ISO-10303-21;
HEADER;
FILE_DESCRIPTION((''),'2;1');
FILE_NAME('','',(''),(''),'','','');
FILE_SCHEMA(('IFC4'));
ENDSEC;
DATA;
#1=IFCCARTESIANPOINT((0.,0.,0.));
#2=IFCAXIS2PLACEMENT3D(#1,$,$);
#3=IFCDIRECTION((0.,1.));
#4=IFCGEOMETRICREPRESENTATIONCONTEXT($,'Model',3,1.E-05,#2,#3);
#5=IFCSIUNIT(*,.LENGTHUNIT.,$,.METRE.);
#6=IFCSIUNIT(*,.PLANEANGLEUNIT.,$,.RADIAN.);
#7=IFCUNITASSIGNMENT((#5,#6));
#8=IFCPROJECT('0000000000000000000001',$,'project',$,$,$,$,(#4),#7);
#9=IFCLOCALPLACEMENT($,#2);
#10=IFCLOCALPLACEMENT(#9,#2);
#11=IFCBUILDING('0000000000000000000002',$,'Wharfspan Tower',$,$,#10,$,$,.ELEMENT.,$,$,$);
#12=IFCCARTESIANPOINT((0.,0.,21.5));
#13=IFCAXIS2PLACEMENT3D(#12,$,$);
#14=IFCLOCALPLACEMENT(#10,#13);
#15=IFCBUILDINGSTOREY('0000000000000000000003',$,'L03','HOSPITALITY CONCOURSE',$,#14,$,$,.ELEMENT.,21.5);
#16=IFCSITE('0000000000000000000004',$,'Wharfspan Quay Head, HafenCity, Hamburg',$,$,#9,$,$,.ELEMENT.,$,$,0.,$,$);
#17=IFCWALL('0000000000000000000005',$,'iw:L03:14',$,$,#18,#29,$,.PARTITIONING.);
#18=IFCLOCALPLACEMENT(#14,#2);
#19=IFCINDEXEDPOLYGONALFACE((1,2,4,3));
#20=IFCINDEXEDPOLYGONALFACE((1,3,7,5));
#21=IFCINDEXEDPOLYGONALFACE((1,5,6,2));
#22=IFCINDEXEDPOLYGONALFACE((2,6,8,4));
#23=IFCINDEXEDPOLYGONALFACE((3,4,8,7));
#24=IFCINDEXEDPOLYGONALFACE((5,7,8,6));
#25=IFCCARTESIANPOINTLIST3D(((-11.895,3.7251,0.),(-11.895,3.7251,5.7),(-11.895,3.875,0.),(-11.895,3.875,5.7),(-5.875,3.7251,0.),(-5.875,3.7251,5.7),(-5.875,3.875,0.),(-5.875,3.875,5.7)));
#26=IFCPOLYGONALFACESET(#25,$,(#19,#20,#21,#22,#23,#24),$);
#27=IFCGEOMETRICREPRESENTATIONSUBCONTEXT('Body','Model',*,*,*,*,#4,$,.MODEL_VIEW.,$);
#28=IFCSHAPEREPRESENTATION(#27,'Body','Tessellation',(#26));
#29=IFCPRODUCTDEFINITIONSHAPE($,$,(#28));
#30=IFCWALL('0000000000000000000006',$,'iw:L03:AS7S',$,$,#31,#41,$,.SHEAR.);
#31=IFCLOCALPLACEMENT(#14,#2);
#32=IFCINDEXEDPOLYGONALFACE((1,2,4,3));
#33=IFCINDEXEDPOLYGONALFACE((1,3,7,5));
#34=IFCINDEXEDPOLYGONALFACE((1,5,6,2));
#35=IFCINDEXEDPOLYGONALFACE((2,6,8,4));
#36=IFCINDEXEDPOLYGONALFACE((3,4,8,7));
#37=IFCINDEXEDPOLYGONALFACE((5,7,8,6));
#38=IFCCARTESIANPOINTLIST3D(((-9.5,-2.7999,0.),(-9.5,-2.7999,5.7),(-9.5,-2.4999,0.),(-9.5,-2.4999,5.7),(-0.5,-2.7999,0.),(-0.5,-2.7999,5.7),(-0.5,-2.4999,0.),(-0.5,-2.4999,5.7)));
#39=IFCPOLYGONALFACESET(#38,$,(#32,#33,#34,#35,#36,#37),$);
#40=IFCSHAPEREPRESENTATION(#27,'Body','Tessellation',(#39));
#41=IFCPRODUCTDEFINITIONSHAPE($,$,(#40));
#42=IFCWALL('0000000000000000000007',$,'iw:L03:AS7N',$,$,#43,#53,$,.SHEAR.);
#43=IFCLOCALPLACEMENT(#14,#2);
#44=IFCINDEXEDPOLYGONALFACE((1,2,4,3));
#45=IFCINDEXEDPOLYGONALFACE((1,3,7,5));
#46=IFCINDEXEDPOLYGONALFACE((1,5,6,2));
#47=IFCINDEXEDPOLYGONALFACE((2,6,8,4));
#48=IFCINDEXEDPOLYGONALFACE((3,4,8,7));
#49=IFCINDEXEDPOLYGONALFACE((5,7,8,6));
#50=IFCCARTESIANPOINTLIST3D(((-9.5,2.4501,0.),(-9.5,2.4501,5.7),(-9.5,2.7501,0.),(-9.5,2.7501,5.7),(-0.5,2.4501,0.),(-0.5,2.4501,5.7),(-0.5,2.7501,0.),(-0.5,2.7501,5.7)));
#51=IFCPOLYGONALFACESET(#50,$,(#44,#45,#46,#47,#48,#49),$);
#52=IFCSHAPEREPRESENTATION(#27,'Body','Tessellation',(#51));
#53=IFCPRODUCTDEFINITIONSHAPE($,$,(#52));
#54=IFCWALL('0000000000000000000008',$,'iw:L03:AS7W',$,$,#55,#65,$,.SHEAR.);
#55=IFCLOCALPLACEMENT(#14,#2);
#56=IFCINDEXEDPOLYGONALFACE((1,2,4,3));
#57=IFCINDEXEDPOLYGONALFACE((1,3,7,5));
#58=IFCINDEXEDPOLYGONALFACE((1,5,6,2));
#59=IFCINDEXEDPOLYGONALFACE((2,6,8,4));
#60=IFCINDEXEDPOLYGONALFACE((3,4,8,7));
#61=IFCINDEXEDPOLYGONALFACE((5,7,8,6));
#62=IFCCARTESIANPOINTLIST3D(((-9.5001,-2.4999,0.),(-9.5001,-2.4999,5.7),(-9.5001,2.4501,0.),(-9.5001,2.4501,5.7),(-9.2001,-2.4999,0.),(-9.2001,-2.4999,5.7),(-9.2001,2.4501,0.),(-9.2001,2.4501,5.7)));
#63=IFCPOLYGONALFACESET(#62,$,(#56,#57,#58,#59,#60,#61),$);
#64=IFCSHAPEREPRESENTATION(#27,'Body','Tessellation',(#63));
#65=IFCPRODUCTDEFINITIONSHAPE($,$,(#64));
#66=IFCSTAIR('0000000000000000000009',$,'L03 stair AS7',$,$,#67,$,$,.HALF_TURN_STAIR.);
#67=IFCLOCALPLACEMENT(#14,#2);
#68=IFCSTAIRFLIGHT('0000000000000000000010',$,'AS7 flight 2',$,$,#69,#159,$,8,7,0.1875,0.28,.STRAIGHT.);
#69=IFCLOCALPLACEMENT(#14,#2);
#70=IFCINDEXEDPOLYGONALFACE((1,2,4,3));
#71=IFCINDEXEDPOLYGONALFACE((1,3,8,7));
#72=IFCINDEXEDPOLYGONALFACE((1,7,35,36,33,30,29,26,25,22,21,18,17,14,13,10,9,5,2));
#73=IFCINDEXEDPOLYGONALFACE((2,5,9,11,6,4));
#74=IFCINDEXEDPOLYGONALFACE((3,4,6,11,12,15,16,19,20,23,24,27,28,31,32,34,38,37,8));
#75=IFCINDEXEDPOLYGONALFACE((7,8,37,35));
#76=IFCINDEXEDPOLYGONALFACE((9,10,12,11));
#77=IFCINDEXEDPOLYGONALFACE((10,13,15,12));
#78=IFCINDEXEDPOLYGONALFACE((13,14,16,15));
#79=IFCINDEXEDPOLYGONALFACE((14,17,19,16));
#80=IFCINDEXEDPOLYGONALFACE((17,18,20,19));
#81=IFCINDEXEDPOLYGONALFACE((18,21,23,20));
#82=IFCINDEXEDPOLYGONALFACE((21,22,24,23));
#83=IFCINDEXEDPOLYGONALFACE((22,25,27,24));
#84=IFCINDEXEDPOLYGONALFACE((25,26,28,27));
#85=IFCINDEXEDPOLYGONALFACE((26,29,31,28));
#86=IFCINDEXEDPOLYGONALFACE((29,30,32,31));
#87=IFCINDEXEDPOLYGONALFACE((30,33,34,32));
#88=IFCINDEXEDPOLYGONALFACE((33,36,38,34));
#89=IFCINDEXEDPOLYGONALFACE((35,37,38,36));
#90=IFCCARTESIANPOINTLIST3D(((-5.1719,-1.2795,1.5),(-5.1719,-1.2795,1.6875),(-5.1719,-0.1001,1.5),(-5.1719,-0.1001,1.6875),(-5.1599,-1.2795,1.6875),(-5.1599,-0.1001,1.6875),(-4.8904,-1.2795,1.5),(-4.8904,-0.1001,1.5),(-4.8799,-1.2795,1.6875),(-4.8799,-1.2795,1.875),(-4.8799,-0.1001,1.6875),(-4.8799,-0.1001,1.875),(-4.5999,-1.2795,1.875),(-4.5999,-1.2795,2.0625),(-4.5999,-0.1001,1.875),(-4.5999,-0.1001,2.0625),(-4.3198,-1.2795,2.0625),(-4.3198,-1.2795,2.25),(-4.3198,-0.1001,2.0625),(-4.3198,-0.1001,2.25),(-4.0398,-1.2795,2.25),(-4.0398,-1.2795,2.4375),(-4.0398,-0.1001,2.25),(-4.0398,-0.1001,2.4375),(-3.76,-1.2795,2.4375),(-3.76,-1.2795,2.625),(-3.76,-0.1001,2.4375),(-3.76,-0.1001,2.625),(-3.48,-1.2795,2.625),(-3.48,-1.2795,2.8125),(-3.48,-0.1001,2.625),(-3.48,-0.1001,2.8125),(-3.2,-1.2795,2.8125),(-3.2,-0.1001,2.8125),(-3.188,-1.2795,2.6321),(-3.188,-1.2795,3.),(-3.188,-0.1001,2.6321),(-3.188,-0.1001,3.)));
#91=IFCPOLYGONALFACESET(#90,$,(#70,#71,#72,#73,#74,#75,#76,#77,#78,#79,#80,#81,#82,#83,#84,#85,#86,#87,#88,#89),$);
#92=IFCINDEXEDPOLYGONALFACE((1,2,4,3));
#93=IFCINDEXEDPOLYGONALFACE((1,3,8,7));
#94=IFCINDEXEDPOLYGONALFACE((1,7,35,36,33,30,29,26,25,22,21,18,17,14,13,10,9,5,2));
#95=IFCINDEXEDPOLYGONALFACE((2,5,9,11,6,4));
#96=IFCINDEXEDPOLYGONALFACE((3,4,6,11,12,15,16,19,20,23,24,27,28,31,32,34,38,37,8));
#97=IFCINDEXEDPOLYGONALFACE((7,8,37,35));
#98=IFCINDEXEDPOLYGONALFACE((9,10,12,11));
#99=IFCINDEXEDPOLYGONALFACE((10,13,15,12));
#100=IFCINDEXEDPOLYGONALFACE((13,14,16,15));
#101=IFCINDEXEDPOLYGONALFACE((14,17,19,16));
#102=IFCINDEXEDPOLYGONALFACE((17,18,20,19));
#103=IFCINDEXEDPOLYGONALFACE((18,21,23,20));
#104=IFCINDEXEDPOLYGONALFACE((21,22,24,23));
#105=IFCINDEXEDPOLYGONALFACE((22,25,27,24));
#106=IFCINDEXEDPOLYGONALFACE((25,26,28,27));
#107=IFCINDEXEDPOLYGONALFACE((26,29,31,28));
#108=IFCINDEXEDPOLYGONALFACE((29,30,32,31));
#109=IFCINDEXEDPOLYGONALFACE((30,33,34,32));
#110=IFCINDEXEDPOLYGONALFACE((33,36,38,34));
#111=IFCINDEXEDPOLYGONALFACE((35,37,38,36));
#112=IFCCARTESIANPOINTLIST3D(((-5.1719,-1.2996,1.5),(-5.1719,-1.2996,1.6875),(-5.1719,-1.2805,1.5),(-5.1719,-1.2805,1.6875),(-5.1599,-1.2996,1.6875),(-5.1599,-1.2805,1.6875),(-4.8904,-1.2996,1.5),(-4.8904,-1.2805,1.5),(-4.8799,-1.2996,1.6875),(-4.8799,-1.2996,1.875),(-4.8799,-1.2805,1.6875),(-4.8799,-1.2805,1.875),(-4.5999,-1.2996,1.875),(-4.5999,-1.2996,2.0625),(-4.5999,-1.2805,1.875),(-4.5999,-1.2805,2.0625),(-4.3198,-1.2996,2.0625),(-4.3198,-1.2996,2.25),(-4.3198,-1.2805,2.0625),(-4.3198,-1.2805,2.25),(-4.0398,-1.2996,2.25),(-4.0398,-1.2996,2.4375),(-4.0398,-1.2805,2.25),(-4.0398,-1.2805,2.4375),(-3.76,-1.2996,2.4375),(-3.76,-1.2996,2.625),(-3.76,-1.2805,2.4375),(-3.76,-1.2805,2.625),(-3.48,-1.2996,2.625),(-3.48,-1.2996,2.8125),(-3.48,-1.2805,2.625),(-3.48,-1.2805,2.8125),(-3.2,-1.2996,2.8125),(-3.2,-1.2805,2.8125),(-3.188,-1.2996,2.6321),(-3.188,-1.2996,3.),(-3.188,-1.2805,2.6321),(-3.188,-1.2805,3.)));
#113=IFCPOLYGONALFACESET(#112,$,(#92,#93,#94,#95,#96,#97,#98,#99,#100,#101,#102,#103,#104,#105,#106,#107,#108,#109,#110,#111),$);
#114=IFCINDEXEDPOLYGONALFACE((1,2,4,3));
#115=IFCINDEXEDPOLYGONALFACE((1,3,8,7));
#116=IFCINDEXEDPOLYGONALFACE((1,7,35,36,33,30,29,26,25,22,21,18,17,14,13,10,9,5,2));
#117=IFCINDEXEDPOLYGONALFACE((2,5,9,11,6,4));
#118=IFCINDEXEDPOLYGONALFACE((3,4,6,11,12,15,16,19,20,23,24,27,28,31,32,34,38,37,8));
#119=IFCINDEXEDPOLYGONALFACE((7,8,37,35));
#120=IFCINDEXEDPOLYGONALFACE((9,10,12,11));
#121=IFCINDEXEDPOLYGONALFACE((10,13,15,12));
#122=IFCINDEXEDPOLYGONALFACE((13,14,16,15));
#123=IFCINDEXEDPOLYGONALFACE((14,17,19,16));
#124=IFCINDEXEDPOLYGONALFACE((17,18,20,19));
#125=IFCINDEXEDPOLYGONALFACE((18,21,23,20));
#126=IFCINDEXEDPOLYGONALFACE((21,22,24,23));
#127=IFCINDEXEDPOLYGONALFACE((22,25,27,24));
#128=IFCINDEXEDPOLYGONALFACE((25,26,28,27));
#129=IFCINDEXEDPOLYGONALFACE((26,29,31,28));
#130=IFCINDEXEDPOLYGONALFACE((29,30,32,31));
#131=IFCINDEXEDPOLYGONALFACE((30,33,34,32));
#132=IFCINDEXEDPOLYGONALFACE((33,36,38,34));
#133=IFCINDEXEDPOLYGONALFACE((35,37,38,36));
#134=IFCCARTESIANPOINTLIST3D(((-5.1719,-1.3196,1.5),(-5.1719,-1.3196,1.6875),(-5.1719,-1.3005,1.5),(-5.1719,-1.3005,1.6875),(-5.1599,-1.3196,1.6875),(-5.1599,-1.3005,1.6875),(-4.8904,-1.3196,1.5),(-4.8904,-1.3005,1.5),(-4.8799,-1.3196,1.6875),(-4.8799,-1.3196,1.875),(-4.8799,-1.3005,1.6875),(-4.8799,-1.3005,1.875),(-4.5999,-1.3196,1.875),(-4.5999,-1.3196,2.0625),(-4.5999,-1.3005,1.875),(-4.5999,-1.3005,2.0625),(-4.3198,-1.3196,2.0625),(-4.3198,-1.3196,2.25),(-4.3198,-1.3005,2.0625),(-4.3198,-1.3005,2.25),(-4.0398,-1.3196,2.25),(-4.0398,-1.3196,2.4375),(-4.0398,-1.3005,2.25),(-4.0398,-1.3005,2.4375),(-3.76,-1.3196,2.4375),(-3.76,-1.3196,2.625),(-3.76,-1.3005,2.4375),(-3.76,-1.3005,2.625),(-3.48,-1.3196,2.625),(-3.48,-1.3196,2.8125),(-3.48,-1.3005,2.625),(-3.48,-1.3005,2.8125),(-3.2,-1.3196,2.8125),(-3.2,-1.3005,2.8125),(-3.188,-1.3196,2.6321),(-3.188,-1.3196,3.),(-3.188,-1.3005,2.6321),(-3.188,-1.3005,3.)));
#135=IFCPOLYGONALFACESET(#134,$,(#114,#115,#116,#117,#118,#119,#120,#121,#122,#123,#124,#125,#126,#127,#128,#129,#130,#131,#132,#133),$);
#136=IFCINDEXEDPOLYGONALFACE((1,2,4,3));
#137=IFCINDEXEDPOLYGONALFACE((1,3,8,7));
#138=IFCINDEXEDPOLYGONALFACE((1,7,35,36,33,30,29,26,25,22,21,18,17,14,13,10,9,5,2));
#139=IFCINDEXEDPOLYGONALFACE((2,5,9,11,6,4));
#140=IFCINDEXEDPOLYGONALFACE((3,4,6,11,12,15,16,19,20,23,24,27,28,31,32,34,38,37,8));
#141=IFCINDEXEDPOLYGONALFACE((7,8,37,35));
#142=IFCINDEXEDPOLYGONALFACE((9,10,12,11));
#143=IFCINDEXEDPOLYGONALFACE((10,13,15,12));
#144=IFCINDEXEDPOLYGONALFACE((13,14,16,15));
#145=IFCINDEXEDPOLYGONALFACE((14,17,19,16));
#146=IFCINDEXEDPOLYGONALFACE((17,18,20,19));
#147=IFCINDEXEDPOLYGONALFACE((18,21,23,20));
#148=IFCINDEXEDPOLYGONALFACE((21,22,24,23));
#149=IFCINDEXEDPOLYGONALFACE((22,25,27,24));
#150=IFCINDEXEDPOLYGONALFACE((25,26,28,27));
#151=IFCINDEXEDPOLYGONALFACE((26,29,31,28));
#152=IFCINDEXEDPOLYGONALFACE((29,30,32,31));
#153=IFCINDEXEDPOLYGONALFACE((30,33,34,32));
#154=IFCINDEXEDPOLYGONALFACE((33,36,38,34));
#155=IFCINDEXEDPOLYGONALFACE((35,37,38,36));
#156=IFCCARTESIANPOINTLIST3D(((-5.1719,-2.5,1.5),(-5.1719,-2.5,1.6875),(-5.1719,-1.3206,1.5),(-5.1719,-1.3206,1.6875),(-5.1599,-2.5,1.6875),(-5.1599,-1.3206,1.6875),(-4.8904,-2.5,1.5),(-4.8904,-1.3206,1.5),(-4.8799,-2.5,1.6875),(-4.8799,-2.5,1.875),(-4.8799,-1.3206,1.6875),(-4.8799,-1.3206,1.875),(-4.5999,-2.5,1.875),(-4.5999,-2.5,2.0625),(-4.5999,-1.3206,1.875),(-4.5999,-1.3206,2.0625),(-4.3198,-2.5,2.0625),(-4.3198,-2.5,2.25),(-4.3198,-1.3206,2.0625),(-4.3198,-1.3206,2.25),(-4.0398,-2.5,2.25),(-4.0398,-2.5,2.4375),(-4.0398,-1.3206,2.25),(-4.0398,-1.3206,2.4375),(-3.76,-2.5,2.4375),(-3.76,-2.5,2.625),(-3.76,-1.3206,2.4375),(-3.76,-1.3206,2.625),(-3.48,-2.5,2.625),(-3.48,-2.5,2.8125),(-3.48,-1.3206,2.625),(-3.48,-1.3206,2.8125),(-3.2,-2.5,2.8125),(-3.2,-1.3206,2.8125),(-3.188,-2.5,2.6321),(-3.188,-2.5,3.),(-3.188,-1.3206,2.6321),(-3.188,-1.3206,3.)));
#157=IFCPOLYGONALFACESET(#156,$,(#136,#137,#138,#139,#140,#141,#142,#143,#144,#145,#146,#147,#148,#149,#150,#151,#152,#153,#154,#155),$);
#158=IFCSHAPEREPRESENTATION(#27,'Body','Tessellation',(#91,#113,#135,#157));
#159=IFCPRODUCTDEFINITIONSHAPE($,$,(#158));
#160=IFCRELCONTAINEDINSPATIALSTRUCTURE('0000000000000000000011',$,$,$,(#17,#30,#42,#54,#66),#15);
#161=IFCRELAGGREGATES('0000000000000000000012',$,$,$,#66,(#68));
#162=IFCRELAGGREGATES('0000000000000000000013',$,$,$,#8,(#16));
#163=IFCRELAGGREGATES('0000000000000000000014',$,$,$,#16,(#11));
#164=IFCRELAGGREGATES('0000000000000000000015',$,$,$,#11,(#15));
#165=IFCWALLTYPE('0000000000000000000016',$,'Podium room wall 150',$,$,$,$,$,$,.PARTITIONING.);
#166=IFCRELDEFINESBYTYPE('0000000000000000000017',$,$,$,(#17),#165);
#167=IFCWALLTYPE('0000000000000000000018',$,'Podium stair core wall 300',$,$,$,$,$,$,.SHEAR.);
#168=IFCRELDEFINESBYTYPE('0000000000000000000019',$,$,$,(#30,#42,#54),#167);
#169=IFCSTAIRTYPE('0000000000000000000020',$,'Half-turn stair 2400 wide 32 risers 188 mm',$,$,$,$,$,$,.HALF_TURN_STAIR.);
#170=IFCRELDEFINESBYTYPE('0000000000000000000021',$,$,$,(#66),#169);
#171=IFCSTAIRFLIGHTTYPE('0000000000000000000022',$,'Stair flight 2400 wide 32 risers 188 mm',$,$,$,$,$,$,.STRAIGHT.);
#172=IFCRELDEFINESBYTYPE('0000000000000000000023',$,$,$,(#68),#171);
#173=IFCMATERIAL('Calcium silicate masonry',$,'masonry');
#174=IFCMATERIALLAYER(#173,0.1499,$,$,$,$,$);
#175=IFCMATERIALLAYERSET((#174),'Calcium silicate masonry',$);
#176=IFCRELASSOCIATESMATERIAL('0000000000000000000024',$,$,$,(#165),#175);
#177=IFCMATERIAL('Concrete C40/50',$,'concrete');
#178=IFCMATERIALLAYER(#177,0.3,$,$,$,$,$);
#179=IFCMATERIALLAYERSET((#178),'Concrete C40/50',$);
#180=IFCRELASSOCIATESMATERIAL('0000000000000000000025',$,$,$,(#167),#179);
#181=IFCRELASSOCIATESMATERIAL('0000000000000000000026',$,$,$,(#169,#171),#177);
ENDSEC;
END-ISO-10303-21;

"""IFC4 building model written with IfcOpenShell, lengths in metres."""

from ifc_helpers import new_model, si_unit, direction, frame, frame_2d, origin, place, context, subcontext, project, spatial, polyline, rectangle, outline, extrude, material, layer, layer_set, type_object, element, aggregate, save


model = new_model("IFC4")

# Units and contexts
model_context = context("Model", 3, precision=1e-05, world=origin(), true_north=direction((0.0, 1.0)))
body_context = subcontext(model_context, "Body", "Model", "MODEL_VIEW")
ifc_project = project(units=[si_unit("LENGTHUNIT", "METRE"), si_unit("PLANEANGLEUNIT", "RADIAN")], contexts=[model_context])

# Site, building, storey
site_placement = place(None, origin())
site = spatial("IfcSite", under=ifc_project, at=site_placement, Name="Wharfspan Quay Head, HafenCity, Hamburg", CompositionType="ELEMENT", RefElevation=0.0)
building_placement = place(site_placement, origin())
building = spatial("IfcBuilding", under=site, at=building_placement, Name="Wharfspan Tower", CompositionType="ELEMENT")
storey_placement = place(building_placement, frame((0.0, 0.0, 21.5)))
storey = spatial("IfcBuildingStorey", under=building, at=storey_placement, Name="L03", Description="HOSPITALITY CONCOURSE", CompositionType="ELEMENT", Elevation=21.5)

# Shared definitions
ifc_material_1 = material(Name="Calcium silicate masonry", Category="masonry")
ifc_layer_1 = layer(ifc_material_1, 0.1499)
ifc_layer_set_1 = layer_set([ifc_layer_1], Name="Calcium silicate masonry")
wall_type_1 = type_object("IfcWallType", Name="Podium room wall 150", PredefinedType="PARTITIONING", material=ifc_layer_set_1)

# Walls
wall_1_placement = place(storey_placement, frame((-11.895, 3.8, 0.0), z_axis=(0.0, 0.0, 1.0), x_axis=(1.0, 0.0, 0.0)))
element("IfcWall", 1, at=wall_1_placement, inside=storey, type_object=wall_type_1, Name="iw:L03:14", PredefinedType="PARTITIONING", context=body_context, shape_type="SweptSolid", body=[
    extrude(rectangle(XDim=6.02, YDim=0.1499, at=frame_2d((3.01, 0.0))), origin(), (0.0, 0.0, 1.0), 5.7),
])
ifc_material_2 = material(Name="Concrete C40/50", Category="concrete")
ifc_layer_2 = layer(ifc_material_2, 0.3)
ifc_layer_set_2 = layer_set([ifc_layer_2], Name="Concrete C40/50")
wall_type_2 = type_object("IfcWallType", Name="Podium stair core wall 300", PredefinedType="SHEAR", material=ifc_layer_set_2)
for number, where, z_axis, x_axis, name in (
    (2, (-9.5, -2.6499, 0.0), (0.0, 0.0, 1.0), (1.0, 0.0, 0.0), "iw:L03:AS7S"),
    (3, (-9.5, 2.6001, 0.0), (0.0, 0.0, 1.0), (1.0, 0.0, 0.0), "iw:L03:AS7N"),
):
    element("IfcWall", number, at=place(storey_placement, frame(where, z_axis=z_axis, x_axis=x_axis)), inside=storey, type_object=wall_type_2, Name=name, PredefinedType="SHEAR", context=body_context, shape_type="SweptSolid", body=[
        extrude(rectangle(XDim=9.0, YDim=0.3, at=frame_2d((4.5, 0.0))), origin(), (0.0, 0.0, 1.0), 5.7),
    ])
wall_2_placement = place(storey_placement, frame((-9.3501, -2.5, 0.0), z_axis=(0.0, 0.0, 1.0), x_axis=(0.0, 1.0, 0.0)))
element("IfcWall", 4, at=wall_2_placement, inside=storey, type_object=wall_type_2, Name="iw:L03:AS7W", PredefinedType="SHEAR", context=body_context, shape_type="SweptSolid", body=[
    extrude(rectangle(XDim=4.95, YDim=0.3, at=frame_2d((2.4751, 0.0))), origin(), (0.0, 0.0, 1.0), 5.7),
])

# Stair, stair flight
stair_type = type_object("IfcStairType", Name="Half-turn stair 2400 wide 32 risers 188 mm", PredefinedType="HALF_TURN_STAIR", material=ifc_material_2)
stair_placement = place(storey_placement, origin())
stair = element("IfcStair", 5, at=stair_placement, inside=storey, type_object=stair_type, Name="L03 stair AS7", PredefinedType="HALF_TURN_STAIR")
stair_flight_type = type_object("IfcStairFlightType", Name="Stair flight 2400 wide 32 risers 188 mm", PredefinedType="STRAIGHT", material=ifc_material_2)
stair_flight_1_placement = place(storey_placement, frame((-5.1599, -1.3, 1.5), z_axis=(0.0, 0.0, 1.0), x_axis=(1.0, 0.0, 0.0)))
stair_flight_1 = element("IfcStairFlight", 6, at=stair_flight_1_placement, type_object=stair_flight_type, Name="AS7 flight 2", NumberOfRisers=8, NumberOfTreads=7, PredefinedType="STRAIGHT", RiserHeight=0.1875, TreadLength=0.28, context=body_context, shape_type="SweptSolid", body=[
    extrude(outline(polyline([(-0.012, 0.0), (-0.012, 0.1875), (0.0, 0.1875), (0.28, 0.1875), (0.28, 0.375), (0.5601, 0.375), (0.5601, 0.5625), (0.8401, 0.5625), (0.8401, 0.75), (1.1201, 0.75), (1.1201, 0.9375), (1.3999, 0.9375), (1.3999, 1.125), (1.6799, 1.125), (1.6799, 1.3125), (1.96, 1.3125), (1.9719, 1.5), (1.9719, 1.1321), (0.2695, 0.0), (-0.012, 0.0)])), frame((0.0, 1.2, 0.0), z_axis=(0.0, -1.0, 0.0), x_axis=(1.0, 0.0, 0.0)), (0.0, 0.0, 1.0), 1.1794),
    extrude(outline(polyline([(-0.012, 0.0), (-0.012, 0.1875), (0.0, 0.1875), (0.28, 0.1875), (0.28, 0.375), (0.5601, 0.375), (0.5601, 0.5625), (0.8401, 0.5625), (0.8401, 0.75), (1.1201, 0.75), (1.1201, 0.9375), (1.3999, 0.9375), (1.3999, 1.125), (1.6799, 1.125), (1.6799, 1.3125), (1.96, 1.3125), (1.9719, 1.5), (1.9719, 1.1321), (0.2695, 0.0), (-0.012, 0.0)])), frame((0.0, 0.0195, 0.0), z_axis=(0.0, -1.0, 0.0), x_axis=(1.0, 0.0, 0.0)), (0.0, 0.0, 1.0), 0.019),
    extrude(outline(polyline([(-0.012, 0.0), (-0.012, 0.1875), (0.0, 0.1875), (0.28, 0.1875), (0.28, 0.375), (0.5601, 0.375), (0.5601, 0.5625), (0.8401, 0.5625), (0.8401, 0.75), (1.1201, 0.75), (1.1201, 0.9375), (1.3999, 0.9375), (1.3999, 1.125), (1.6799, 1.125), (1.6799, 1.3125), (1.96, 1.3125), (1.9719, 1.5), (1.9719, 1.1321), (0.2695, 0.0), (-0.012, 0.0)])), frame((0.0, -0.0005, 0.0), z_axis=(0.0, -1.0, 0.0), x_axis=(1.0, 0.0, 0.0)), (0.0, 0.0, 1.0), 0.019),
    extrude(outline(polyline([(-0.012, 0.0), (-0.012, 0.1875), (0.0, 0.1875), (0.28, 0.1875), (0.28, 0.375), (0.5601, 0.375), (0.5601, 0.5625), (0.8401, 0.5625), (0.8401, 0.75), (1.1201, 0.75), (1.1201, 0.9375), (1.3999, 0.9375), (1.3999, 1.125), (1.6799, 1.125), (1.6799, 1.3125), (1.96, 1.3125), (1.9719, 1.5), (1.9719, 1.1321), (0.2695, 0.0), (-0.012, 0.0)])), frame((0.0, -0.0205, 0.0), z_axis=(0.0, -1.0, 0.0), x_axis=(1.0, 0.0, 0.0)), (0.0, 0.0, 1.0), 1.1794),
])
aggregate(stair, [stair_flight_1])

save(model, "model.ifc")
